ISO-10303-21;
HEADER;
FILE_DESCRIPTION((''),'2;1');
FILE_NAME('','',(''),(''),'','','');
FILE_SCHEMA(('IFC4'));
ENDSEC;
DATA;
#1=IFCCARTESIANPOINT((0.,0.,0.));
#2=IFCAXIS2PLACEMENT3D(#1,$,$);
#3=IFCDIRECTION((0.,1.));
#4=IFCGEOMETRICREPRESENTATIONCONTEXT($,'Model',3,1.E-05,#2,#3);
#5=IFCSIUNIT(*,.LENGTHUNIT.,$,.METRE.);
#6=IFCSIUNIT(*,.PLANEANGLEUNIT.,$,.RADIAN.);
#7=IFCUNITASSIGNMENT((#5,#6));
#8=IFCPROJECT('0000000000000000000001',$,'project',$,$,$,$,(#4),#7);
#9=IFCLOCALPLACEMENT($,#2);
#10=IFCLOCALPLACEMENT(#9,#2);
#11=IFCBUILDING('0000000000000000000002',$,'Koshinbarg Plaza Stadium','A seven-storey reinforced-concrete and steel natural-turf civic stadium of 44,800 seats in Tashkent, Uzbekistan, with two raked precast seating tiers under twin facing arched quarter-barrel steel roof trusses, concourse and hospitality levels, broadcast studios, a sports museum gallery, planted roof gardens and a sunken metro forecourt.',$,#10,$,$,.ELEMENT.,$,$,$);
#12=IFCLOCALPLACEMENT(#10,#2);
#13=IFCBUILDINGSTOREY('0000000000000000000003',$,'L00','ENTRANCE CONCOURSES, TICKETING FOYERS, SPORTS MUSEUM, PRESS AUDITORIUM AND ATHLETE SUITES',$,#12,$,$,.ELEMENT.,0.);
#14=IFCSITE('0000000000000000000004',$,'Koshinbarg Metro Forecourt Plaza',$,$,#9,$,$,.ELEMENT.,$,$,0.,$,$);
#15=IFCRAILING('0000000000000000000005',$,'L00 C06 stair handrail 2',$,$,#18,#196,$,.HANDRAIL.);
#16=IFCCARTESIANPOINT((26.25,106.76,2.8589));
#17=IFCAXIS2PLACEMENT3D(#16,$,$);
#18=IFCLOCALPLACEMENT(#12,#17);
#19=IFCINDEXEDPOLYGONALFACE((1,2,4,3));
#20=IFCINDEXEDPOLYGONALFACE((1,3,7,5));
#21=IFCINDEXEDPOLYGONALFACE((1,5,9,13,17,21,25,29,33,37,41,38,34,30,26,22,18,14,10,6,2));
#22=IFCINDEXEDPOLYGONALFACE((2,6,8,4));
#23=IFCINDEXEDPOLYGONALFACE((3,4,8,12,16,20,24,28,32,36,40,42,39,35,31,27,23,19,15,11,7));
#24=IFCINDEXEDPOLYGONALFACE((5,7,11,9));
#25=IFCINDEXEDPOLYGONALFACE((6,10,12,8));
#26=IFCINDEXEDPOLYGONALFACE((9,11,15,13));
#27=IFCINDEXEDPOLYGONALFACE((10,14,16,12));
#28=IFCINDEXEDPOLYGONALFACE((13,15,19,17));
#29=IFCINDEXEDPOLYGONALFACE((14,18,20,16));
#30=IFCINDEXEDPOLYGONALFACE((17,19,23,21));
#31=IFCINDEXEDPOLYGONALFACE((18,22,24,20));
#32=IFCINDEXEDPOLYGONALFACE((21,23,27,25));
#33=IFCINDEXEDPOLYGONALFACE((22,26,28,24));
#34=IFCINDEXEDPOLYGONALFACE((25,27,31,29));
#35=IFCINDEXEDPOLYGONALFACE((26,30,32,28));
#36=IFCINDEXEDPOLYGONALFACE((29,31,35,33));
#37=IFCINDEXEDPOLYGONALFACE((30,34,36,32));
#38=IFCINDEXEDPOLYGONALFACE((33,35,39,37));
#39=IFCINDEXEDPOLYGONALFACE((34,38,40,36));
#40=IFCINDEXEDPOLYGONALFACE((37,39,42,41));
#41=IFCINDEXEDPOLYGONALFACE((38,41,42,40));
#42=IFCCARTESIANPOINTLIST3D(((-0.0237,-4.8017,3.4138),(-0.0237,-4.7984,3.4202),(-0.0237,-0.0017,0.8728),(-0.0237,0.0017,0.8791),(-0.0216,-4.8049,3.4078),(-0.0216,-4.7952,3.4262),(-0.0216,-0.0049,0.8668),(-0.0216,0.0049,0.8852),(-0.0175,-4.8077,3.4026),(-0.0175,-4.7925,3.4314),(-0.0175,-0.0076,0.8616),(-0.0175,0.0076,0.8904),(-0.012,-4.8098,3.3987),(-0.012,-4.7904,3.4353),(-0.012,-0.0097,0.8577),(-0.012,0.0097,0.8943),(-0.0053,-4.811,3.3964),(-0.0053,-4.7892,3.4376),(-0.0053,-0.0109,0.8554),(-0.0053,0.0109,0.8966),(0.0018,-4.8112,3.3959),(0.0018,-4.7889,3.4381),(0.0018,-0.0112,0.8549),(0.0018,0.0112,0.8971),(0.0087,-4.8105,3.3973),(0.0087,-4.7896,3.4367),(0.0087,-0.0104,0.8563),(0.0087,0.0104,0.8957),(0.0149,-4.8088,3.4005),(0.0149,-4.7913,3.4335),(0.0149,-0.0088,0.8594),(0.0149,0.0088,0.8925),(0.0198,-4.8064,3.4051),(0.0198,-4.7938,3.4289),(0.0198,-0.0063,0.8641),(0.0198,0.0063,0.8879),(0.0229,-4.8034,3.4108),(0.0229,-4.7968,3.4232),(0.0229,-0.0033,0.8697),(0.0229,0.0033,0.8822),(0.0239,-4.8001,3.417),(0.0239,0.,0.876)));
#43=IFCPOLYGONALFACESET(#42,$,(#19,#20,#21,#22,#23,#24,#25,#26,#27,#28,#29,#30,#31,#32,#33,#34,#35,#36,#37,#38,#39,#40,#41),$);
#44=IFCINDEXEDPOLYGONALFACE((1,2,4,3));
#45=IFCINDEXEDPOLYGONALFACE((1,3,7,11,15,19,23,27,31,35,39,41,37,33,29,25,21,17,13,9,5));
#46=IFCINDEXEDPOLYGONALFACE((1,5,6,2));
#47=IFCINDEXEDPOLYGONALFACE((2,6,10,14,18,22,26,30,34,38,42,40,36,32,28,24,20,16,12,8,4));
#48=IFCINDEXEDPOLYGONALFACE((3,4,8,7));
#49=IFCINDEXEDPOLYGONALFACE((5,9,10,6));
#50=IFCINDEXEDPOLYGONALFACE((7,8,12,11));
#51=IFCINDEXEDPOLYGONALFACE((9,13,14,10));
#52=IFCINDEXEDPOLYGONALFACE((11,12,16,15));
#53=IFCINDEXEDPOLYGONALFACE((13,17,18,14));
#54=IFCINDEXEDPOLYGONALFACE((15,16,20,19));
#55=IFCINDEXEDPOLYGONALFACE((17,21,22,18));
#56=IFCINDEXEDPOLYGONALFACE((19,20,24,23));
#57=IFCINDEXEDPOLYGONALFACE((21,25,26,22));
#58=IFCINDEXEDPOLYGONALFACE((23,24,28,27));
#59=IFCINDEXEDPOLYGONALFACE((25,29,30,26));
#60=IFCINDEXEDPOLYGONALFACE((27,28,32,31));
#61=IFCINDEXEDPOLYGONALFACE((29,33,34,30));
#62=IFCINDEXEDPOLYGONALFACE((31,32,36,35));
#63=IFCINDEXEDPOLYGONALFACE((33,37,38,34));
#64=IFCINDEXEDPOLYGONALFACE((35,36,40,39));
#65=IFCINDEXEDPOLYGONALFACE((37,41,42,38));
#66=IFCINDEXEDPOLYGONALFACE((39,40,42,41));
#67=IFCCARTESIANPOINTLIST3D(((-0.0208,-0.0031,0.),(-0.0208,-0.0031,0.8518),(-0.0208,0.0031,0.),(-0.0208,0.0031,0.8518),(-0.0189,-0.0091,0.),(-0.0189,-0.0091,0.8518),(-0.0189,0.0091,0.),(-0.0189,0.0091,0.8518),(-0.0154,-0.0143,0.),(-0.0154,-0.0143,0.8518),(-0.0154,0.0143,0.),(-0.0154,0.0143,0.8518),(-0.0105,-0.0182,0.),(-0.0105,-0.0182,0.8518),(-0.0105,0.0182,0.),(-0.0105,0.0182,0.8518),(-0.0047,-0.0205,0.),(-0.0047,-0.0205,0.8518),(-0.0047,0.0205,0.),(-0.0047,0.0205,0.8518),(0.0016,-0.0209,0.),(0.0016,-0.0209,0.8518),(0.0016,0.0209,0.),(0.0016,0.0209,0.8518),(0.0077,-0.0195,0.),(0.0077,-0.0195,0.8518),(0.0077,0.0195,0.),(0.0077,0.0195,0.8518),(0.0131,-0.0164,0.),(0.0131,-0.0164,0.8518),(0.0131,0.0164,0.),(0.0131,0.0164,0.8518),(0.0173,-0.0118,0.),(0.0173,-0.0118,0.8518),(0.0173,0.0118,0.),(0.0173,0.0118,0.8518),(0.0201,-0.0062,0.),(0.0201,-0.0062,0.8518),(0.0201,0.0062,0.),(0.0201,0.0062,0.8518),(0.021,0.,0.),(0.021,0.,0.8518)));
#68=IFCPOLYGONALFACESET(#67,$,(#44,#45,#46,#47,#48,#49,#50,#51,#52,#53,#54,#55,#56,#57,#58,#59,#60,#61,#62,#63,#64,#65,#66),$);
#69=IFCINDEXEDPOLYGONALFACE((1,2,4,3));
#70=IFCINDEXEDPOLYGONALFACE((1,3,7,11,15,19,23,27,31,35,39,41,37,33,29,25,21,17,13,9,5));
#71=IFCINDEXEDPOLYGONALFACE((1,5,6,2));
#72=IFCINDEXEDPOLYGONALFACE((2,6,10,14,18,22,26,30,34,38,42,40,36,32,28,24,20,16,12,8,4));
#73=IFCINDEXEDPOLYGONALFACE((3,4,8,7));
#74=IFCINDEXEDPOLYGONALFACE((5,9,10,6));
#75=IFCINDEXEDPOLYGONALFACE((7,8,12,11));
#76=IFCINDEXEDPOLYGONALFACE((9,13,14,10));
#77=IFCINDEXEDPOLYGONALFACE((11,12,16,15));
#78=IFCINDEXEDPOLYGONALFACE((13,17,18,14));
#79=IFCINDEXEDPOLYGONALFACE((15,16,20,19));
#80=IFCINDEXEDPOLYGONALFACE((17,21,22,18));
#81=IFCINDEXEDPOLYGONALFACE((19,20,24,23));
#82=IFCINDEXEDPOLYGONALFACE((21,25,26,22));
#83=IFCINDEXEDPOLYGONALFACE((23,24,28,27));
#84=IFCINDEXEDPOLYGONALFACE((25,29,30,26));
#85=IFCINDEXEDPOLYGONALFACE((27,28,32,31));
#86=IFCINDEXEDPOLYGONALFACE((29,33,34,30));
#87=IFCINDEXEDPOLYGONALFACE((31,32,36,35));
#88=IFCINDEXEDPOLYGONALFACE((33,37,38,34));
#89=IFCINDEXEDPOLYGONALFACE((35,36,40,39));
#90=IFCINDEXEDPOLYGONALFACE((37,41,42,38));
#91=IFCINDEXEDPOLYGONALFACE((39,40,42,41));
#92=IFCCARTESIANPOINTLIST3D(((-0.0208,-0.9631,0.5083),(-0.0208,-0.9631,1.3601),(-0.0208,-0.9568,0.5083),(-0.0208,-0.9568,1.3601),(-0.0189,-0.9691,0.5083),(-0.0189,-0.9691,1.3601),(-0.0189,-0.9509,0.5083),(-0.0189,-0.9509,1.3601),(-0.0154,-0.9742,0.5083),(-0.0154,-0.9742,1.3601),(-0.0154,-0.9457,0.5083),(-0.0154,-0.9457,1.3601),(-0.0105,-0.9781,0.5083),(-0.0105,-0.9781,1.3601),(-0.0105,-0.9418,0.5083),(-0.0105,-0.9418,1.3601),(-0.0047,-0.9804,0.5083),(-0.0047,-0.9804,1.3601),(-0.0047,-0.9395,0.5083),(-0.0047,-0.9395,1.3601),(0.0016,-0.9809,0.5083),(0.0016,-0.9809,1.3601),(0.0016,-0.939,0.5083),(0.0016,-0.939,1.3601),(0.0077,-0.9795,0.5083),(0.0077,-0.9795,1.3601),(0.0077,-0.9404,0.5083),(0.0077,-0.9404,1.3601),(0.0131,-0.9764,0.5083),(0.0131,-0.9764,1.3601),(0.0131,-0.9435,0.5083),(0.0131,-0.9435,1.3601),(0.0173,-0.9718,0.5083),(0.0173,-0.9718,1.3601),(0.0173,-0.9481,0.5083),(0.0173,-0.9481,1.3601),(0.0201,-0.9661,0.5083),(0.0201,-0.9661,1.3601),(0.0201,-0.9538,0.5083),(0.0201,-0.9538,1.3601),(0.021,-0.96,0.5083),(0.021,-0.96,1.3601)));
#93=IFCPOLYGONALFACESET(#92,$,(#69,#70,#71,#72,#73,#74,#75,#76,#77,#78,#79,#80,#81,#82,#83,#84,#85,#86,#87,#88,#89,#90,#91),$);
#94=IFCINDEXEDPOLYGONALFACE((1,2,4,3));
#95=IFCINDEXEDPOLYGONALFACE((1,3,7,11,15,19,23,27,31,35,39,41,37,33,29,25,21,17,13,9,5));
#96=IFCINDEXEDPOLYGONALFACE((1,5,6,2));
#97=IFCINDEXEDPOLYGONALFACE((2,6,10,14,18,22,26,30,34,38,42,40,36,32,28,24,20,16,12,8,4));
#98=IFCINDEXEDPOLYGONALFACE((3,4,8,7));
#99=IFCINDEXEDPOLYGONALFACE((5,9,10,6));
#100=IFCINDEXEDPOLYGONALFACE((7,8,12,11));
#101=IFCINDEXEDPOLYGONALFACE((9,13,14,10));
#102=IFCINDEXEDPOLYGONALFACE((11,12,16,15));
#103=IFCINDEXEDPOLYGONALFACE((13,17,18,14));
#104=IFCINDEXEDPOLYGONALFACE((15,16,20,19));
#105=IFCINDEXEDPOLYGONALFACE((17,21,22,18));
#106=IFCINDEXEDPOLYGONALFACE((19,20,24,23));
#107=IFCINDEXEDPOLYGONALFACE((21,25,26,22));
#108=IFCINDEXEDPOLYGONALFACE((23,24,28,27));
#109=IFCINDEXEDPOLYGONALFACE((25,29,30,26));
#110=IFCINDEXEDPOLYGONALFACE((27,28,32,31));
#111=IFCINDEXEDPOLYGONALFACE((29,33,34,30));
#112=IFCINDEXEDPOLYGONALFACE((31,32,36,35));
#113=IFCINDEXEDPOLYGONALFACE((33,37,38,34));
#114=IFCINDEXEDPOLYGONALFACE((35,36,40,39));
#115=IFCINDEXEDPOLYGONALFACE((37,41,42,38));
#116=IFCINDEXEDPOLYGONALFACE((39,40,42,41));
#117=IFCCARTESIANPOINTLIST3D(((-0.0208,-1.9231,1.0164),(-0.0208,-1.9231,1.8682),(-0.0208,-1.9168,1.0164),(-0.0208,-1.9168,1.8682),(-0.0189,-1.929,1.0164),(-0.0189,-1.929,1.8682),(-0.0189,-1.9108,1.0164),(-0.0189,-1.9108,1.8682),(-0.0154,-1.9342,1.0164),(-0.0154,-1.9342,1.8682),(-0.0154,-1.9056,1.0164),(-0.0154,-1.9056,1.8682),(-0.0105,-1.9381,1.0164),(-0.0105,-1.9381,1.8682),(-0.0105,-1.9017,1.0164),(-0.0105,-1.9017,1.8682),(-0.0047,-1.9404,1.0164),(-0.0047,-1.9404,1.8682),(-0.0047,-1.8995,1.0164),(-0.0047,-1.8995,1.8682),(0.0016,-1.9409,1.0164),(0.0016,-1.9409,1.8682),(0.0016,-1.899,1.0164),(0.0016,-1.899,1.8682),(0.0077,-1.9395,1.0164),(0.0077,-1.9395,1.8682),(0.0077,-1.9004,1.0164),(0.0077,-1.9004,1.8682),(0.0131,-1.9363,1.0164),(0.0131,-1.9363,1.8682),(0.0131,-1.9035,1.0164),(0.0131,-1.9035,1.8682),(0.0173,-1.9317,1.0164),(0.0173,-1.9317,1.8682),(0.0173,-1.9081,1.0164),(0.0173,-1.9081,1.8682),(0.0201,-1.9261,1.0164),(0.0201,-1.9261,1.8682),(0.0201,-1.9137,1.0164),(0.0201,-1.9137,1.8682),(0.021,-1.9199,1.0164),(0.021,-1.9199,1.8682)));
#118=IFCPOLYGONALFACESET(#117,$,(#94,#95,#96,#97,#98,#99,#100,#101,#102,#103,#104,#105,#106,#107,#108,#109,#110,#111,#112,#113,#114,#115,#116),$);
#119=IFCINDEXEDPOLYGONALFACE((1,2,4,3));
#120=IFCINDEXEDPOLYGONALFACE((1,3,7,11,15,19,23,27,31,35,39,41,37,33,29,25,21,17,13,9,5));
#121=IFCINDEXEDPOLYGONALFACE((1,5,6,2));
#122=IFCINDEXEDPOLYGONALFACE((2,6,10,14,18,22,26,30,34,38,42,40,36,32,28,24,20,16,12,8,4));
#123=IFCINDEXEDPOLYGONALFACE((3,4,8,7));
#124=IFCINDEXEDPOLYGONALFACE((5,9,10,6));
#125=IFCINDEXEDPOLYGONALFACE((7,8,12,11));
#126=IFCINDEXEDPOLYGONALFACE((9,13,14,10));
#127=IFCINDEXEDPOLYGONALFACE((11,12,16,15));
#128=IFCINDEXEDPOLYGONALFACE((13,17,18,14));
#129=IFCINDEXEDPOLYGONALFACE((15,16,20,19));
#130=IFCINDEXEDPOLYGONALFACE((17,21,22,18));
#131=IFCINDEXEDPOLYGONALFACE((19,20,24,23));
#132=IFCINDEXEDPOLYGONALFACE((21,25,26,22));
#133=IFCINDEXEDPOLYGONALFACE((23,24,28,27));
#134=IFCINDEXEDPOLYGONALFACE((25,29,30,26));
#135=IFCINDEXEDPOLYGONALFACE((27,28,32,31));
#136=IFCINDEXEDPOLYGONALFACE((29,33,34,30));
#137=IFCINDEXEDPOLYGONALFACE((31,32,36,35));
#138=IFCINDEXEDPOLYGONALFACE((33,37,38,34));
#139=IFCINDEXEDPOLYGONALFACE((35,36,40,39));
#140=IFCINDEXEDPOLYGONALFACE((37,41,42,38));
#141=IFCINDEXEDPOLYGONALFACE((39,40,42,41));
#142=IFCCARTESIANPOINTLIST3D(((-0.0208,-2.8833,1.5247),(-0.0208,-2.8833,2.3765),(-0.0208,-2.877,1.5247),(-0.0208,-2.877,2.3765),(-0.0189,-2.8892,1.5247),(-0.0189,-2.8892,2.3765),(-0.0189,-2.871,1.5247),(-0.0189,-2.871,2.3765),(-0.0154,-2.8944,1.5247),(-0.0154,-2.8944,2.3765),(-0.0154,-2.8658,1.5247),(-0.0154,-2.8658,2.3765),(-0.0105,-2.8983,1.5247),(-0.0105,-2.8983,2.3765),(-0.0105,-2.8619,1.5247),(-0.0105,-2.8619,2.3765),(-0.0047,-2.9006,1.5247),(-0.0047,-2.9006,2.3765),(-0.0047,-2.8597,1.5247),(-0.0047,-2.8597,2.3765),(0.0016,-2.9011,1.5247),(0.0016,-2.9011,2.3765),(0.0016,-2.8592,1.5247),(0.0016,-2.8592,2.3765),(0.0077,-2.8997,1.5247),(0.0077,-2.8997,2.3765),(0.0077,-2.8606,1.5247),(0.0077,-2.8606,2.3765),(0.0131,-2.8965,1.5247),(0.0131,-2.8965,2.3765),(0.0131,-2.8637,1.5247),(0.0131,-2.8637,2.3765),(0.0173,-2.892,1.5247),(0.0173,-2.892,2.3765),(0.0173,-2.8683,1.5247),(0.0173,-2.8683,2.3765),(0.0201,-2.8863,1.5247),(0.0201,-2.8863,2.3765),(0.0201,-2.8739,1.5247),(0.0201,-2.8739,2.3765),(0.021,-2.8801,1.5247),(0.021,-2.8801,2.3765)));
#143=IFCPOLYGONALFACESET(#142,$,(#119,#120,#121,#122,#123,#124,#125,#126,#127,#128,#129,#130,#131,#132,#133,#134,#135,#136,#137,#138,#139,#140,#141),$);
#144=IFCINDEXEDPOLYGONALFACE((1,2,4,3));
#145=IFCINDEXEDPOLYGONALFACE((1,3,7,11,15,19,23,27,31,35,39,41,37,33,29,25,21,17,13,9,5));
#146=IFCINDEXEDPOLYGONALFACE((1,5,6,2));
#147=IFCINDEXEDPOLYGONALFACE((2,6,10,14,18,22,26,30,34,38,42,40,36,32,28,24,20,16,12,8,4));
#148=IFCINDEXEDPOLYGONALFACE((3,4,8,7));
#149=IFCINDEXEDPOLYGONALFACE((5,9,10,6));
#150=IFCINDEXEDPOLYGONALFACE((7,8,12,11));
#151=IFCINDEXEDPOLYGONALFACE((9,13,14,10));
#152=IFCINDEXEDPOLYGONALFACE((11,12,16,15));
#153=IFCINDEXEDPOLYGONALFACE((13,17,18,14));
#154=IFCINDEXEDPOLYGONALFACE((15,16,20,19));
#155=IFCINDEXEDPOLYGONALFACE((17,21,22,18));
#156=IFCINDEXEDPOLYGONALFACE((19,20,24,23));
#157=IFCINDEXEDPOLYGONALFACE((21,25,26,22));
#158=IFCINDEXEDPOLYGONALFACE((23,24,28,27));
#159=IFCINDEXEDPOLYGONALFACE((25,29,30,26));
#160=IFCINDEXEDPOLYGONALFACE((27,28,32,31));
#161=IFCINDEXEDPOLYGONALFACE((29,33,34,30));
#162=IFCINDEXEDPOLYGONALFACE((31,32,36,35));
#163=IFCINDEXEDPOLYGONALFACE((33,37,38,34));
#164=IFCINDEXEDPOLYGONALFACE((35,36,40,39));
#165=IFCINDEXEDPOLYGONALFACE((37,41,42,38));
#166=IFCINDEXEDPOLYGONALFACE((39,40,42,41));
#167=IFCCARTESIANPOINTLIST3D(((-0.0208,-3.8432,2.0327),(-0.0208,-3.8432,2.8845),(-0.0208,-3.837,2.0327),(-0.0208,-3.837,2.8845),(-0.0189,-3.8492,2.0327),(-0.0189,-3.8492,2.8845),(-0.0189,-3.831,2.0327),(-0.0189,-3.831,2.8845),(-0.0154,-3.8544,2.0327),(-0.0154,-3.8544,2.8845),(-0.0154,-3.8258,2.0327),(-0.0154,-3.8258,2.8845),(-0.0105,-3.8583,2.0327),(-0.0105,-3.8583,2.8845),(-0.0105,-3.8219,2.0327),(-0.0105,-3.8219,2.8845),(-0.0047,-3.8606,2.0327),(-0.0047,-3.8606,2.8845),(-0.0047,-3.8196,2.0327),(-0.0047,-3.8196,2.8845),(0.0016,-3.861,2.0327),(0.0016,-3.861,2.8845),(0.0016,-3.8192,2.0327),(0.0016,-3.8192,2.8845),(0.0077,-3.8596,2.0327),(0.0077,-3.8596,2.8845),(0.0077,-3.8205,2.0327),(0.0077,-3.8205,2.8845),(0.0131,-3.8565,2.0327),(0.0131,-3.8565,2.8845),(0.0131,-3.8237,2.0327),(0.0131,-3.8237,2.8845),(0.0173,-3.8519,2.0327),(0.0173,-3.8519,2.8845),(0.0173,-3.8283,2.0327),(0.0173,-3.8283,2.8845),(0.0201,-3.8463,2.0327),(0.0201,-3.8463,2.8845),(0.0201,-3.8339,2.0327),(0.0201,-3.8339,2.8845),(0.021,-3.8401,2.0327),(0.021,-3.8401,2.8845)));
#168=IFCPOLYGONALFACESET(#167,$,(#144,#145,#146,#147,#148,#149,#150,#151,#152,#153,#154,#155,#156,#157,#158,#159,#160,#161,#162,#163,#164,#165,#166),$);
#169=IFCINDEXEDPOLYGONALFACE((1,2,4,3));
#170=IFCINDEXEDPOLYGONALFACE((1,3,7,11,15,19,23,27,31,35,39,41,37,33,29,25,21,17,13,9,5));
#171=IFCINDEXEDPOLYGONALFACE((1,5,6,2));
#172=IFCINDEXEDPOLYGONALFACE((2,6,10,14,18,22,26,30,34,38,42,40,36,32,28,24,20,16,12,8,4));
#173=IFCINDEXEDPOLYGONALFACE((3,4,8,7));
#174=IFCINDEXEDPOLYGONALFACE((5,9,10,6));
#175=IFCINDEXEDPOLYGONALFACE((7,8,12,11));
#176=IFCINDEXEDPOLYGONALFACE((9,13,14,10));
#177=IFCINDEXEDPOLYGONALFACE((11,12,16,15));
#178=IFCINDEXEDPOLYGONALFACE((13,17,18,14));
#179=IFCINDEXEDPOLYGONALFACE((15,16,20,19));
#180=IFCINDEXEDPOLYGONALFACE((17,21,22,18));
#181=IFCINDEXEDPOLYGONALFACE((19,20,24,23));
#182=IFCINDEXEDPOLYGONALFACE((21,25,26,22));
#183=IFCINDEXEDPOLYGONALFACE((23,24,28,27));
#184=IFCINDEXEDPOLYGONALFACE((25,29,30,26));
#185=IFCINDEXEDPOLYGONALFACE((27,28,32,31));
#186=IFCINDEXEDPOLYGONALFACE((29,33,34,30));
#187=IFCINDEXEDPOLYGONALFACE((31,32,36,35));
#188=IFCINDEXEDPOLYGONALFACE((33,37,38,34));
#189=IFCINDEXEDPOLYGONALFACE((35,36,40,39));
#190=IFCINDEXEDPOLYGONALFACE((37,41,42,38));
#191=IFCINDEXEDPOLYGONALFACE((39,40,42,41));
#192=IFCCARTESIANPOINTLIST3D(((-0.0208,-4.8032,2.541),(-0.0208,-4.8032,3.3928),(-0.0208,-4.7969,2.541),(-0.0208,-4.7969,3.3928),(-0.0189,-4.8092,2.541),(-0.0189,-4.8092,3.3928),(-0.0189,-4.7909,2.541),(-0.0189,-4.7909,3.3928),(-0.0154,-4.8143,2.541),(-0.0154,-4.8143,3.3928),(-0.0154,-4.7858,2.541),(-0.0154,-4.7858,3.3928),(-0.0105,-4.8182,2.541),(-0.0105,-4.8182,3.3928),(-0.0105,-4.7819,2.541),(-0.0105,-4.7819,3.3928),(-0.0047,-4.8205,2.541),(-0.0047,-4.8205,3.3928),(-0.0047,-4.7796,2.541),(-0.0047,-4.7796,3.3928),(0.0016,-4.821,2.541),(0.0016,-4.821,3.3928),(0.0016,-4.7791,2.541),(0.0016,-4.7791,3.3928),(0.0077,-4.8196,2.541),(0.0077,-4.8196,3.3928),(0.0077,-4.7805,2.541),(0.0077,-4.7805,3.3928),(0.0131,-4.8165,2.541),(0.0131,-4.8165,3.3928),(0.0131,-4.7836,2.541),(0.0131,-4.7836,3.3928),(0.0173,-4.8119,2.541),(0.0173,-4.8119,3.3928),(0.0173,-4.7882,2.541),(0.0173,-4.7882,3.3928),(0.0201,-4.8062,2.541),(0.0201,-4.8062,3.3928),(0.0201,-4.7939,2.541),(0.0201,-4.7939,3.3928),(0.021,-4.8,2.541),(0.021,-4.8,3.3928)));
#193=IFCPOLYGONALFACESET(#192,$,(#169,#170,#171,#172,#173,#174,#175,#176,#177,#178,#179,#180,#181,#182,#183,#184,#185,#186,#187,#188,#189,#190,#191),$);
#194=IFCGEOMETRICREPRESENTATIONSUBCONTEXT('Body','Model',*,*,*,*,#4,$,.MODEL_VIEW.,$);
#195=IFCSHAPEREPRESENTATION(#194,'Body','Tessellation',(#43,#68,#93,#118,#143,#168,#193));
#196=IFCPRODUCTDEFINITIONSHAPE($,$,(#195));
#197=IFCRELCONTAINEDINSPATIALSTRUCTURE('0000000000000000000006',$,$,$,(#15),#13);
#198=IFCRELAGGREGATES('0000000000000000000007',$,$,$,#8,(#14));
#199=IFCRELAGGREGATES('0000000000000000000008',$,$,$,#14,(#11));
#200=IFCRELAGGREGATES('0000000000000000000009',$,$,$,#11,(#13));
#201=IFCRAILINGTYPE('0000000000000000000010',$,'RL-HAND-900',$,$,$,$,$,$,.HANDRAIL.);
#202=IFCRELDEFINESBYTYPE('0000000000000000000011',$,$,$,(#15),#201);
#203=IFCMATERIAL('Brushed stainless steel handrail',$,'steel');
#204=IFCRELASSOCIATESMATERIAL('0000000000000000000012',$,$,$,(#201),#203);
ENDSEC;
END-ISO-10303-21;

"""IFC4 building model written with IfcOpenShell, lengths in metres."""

from ifc_helpers import new_model, si_unit, direction, frame, origin, origin_2d, place, context, subcontext, project, spatial, circle, extrude, material, type_object, element, save


model = new_model("IFC4")

# Units and contexts
model_context = context("Model", 3, precision=1e-05, world=origin(), true_north=direction((0.0, 1.0)))
body_context = subcontext(model_context, "Body", "Model", "MODEL_VIEW")
ifc_project = project(units=[si_unit("LENGTHUNIT", "METRE"), si_unit("PLANEANGLEUNIT", "RADIAN")], contexts=[model_context])

# Site, building, storey
site_placement = place(None, origin())
site = spatial("IfcSite", under=ifc_project, at=site_placement, Name="Koshinbarg Metro Forecourt Plaza", CompositionType="ELEMENT", RefElevation=0.0)
building_placement = place(site_placement, origin())
building = spatial("IfcBuilding", under=site, at=building_placement, Name="Koshinbarg Plaza Stadium", Description="A seven-storey reinforced-concrete and steel natural-turf civic stadium of 44,800 seats in Tashkent, Uzbekistan, with two raked precast seating tiers under twin facing arched quarter-barrel steel roof trusses, concourse and hospitality levels, broadcast studios, a sports museum gallery, planted roof gardens and a sunken metro forecourt.", CompositionType="ELEMENT")
storey_placement = place(building_placement, origin())
storey = spatial("IfcBuildingStorey", under=building, at=storey_placement, Name="L00", Description="ENTRANCE CONCOURSES, TICKETING FOYERS, SPORTS MUSEUM, PRESS AUDITORIUM AND ATHLETE SUITES", CompositionType="ELEMENT", Elevation=0.0)

# Railing
ifc_material_1 = material(Name="Brushed stainless steel handrail", Category="steel")
railing_type_1 = type_object("IfcRailingType", Name="RL-HAND-900", PredefinedType="HANDRAIL", material=ifc_material_1)
railing_1_placement = place(storey_placement, frame((26.25, 106.76, 2.8589)))
element("IfcRailing", 1, at=railing_1_placement, inside=storey, type_object=railing_type_1, Name="L00 C06 stair handrail 2", PredefinedType="HANDRAIL", context=body_context, shape_type="SweptSolid", body=[
    extrude(circle(Radius=0.0239, at=origin_2d()), frame((0.0, 0.0, 0.876), z_axis=(0.0, -0.883802, 0.467861), x_axis=(1.0, 0.0, 0.0)), (0.0, 0.0, 1.0), 5.4312),
    extrude(circle(Radius=0.021, at=origin_2d()), origin(), (0.0, 0.0, 1.0), 0.8518),
    extrude(circle(Radius=0.021, at=origin_2d()), frame((0.0, -0.96, 0.5083)), (0.0, 0.0, 1.0), 0.8518),
    extrude(circle(Radius=0.021, at=origin_2d()), frame((0.0, -1.9199, 1.0164)), (0.0, 0.0, 1.0), 0.8518),
    extrude(circle(Radius=0.021, at=origin_2d()), frame((0.0, -2.8801, 1.5247)), (0.0, 0.0, 1.0), 0.8518),
    extrude(circle(Radius=0.021, at=origin_2d()), frame((0.0, -3.8401, 2.0327)), (0.0, 0.0, 1.0), 0.8518),
    extrude(circle(Radius=0.021, at=origin_2d()), frame((0.0, -4.8, 2.541)), (0.0, 0.0, 1.0), 0.8518),
])

save(model, "model.ifc")
